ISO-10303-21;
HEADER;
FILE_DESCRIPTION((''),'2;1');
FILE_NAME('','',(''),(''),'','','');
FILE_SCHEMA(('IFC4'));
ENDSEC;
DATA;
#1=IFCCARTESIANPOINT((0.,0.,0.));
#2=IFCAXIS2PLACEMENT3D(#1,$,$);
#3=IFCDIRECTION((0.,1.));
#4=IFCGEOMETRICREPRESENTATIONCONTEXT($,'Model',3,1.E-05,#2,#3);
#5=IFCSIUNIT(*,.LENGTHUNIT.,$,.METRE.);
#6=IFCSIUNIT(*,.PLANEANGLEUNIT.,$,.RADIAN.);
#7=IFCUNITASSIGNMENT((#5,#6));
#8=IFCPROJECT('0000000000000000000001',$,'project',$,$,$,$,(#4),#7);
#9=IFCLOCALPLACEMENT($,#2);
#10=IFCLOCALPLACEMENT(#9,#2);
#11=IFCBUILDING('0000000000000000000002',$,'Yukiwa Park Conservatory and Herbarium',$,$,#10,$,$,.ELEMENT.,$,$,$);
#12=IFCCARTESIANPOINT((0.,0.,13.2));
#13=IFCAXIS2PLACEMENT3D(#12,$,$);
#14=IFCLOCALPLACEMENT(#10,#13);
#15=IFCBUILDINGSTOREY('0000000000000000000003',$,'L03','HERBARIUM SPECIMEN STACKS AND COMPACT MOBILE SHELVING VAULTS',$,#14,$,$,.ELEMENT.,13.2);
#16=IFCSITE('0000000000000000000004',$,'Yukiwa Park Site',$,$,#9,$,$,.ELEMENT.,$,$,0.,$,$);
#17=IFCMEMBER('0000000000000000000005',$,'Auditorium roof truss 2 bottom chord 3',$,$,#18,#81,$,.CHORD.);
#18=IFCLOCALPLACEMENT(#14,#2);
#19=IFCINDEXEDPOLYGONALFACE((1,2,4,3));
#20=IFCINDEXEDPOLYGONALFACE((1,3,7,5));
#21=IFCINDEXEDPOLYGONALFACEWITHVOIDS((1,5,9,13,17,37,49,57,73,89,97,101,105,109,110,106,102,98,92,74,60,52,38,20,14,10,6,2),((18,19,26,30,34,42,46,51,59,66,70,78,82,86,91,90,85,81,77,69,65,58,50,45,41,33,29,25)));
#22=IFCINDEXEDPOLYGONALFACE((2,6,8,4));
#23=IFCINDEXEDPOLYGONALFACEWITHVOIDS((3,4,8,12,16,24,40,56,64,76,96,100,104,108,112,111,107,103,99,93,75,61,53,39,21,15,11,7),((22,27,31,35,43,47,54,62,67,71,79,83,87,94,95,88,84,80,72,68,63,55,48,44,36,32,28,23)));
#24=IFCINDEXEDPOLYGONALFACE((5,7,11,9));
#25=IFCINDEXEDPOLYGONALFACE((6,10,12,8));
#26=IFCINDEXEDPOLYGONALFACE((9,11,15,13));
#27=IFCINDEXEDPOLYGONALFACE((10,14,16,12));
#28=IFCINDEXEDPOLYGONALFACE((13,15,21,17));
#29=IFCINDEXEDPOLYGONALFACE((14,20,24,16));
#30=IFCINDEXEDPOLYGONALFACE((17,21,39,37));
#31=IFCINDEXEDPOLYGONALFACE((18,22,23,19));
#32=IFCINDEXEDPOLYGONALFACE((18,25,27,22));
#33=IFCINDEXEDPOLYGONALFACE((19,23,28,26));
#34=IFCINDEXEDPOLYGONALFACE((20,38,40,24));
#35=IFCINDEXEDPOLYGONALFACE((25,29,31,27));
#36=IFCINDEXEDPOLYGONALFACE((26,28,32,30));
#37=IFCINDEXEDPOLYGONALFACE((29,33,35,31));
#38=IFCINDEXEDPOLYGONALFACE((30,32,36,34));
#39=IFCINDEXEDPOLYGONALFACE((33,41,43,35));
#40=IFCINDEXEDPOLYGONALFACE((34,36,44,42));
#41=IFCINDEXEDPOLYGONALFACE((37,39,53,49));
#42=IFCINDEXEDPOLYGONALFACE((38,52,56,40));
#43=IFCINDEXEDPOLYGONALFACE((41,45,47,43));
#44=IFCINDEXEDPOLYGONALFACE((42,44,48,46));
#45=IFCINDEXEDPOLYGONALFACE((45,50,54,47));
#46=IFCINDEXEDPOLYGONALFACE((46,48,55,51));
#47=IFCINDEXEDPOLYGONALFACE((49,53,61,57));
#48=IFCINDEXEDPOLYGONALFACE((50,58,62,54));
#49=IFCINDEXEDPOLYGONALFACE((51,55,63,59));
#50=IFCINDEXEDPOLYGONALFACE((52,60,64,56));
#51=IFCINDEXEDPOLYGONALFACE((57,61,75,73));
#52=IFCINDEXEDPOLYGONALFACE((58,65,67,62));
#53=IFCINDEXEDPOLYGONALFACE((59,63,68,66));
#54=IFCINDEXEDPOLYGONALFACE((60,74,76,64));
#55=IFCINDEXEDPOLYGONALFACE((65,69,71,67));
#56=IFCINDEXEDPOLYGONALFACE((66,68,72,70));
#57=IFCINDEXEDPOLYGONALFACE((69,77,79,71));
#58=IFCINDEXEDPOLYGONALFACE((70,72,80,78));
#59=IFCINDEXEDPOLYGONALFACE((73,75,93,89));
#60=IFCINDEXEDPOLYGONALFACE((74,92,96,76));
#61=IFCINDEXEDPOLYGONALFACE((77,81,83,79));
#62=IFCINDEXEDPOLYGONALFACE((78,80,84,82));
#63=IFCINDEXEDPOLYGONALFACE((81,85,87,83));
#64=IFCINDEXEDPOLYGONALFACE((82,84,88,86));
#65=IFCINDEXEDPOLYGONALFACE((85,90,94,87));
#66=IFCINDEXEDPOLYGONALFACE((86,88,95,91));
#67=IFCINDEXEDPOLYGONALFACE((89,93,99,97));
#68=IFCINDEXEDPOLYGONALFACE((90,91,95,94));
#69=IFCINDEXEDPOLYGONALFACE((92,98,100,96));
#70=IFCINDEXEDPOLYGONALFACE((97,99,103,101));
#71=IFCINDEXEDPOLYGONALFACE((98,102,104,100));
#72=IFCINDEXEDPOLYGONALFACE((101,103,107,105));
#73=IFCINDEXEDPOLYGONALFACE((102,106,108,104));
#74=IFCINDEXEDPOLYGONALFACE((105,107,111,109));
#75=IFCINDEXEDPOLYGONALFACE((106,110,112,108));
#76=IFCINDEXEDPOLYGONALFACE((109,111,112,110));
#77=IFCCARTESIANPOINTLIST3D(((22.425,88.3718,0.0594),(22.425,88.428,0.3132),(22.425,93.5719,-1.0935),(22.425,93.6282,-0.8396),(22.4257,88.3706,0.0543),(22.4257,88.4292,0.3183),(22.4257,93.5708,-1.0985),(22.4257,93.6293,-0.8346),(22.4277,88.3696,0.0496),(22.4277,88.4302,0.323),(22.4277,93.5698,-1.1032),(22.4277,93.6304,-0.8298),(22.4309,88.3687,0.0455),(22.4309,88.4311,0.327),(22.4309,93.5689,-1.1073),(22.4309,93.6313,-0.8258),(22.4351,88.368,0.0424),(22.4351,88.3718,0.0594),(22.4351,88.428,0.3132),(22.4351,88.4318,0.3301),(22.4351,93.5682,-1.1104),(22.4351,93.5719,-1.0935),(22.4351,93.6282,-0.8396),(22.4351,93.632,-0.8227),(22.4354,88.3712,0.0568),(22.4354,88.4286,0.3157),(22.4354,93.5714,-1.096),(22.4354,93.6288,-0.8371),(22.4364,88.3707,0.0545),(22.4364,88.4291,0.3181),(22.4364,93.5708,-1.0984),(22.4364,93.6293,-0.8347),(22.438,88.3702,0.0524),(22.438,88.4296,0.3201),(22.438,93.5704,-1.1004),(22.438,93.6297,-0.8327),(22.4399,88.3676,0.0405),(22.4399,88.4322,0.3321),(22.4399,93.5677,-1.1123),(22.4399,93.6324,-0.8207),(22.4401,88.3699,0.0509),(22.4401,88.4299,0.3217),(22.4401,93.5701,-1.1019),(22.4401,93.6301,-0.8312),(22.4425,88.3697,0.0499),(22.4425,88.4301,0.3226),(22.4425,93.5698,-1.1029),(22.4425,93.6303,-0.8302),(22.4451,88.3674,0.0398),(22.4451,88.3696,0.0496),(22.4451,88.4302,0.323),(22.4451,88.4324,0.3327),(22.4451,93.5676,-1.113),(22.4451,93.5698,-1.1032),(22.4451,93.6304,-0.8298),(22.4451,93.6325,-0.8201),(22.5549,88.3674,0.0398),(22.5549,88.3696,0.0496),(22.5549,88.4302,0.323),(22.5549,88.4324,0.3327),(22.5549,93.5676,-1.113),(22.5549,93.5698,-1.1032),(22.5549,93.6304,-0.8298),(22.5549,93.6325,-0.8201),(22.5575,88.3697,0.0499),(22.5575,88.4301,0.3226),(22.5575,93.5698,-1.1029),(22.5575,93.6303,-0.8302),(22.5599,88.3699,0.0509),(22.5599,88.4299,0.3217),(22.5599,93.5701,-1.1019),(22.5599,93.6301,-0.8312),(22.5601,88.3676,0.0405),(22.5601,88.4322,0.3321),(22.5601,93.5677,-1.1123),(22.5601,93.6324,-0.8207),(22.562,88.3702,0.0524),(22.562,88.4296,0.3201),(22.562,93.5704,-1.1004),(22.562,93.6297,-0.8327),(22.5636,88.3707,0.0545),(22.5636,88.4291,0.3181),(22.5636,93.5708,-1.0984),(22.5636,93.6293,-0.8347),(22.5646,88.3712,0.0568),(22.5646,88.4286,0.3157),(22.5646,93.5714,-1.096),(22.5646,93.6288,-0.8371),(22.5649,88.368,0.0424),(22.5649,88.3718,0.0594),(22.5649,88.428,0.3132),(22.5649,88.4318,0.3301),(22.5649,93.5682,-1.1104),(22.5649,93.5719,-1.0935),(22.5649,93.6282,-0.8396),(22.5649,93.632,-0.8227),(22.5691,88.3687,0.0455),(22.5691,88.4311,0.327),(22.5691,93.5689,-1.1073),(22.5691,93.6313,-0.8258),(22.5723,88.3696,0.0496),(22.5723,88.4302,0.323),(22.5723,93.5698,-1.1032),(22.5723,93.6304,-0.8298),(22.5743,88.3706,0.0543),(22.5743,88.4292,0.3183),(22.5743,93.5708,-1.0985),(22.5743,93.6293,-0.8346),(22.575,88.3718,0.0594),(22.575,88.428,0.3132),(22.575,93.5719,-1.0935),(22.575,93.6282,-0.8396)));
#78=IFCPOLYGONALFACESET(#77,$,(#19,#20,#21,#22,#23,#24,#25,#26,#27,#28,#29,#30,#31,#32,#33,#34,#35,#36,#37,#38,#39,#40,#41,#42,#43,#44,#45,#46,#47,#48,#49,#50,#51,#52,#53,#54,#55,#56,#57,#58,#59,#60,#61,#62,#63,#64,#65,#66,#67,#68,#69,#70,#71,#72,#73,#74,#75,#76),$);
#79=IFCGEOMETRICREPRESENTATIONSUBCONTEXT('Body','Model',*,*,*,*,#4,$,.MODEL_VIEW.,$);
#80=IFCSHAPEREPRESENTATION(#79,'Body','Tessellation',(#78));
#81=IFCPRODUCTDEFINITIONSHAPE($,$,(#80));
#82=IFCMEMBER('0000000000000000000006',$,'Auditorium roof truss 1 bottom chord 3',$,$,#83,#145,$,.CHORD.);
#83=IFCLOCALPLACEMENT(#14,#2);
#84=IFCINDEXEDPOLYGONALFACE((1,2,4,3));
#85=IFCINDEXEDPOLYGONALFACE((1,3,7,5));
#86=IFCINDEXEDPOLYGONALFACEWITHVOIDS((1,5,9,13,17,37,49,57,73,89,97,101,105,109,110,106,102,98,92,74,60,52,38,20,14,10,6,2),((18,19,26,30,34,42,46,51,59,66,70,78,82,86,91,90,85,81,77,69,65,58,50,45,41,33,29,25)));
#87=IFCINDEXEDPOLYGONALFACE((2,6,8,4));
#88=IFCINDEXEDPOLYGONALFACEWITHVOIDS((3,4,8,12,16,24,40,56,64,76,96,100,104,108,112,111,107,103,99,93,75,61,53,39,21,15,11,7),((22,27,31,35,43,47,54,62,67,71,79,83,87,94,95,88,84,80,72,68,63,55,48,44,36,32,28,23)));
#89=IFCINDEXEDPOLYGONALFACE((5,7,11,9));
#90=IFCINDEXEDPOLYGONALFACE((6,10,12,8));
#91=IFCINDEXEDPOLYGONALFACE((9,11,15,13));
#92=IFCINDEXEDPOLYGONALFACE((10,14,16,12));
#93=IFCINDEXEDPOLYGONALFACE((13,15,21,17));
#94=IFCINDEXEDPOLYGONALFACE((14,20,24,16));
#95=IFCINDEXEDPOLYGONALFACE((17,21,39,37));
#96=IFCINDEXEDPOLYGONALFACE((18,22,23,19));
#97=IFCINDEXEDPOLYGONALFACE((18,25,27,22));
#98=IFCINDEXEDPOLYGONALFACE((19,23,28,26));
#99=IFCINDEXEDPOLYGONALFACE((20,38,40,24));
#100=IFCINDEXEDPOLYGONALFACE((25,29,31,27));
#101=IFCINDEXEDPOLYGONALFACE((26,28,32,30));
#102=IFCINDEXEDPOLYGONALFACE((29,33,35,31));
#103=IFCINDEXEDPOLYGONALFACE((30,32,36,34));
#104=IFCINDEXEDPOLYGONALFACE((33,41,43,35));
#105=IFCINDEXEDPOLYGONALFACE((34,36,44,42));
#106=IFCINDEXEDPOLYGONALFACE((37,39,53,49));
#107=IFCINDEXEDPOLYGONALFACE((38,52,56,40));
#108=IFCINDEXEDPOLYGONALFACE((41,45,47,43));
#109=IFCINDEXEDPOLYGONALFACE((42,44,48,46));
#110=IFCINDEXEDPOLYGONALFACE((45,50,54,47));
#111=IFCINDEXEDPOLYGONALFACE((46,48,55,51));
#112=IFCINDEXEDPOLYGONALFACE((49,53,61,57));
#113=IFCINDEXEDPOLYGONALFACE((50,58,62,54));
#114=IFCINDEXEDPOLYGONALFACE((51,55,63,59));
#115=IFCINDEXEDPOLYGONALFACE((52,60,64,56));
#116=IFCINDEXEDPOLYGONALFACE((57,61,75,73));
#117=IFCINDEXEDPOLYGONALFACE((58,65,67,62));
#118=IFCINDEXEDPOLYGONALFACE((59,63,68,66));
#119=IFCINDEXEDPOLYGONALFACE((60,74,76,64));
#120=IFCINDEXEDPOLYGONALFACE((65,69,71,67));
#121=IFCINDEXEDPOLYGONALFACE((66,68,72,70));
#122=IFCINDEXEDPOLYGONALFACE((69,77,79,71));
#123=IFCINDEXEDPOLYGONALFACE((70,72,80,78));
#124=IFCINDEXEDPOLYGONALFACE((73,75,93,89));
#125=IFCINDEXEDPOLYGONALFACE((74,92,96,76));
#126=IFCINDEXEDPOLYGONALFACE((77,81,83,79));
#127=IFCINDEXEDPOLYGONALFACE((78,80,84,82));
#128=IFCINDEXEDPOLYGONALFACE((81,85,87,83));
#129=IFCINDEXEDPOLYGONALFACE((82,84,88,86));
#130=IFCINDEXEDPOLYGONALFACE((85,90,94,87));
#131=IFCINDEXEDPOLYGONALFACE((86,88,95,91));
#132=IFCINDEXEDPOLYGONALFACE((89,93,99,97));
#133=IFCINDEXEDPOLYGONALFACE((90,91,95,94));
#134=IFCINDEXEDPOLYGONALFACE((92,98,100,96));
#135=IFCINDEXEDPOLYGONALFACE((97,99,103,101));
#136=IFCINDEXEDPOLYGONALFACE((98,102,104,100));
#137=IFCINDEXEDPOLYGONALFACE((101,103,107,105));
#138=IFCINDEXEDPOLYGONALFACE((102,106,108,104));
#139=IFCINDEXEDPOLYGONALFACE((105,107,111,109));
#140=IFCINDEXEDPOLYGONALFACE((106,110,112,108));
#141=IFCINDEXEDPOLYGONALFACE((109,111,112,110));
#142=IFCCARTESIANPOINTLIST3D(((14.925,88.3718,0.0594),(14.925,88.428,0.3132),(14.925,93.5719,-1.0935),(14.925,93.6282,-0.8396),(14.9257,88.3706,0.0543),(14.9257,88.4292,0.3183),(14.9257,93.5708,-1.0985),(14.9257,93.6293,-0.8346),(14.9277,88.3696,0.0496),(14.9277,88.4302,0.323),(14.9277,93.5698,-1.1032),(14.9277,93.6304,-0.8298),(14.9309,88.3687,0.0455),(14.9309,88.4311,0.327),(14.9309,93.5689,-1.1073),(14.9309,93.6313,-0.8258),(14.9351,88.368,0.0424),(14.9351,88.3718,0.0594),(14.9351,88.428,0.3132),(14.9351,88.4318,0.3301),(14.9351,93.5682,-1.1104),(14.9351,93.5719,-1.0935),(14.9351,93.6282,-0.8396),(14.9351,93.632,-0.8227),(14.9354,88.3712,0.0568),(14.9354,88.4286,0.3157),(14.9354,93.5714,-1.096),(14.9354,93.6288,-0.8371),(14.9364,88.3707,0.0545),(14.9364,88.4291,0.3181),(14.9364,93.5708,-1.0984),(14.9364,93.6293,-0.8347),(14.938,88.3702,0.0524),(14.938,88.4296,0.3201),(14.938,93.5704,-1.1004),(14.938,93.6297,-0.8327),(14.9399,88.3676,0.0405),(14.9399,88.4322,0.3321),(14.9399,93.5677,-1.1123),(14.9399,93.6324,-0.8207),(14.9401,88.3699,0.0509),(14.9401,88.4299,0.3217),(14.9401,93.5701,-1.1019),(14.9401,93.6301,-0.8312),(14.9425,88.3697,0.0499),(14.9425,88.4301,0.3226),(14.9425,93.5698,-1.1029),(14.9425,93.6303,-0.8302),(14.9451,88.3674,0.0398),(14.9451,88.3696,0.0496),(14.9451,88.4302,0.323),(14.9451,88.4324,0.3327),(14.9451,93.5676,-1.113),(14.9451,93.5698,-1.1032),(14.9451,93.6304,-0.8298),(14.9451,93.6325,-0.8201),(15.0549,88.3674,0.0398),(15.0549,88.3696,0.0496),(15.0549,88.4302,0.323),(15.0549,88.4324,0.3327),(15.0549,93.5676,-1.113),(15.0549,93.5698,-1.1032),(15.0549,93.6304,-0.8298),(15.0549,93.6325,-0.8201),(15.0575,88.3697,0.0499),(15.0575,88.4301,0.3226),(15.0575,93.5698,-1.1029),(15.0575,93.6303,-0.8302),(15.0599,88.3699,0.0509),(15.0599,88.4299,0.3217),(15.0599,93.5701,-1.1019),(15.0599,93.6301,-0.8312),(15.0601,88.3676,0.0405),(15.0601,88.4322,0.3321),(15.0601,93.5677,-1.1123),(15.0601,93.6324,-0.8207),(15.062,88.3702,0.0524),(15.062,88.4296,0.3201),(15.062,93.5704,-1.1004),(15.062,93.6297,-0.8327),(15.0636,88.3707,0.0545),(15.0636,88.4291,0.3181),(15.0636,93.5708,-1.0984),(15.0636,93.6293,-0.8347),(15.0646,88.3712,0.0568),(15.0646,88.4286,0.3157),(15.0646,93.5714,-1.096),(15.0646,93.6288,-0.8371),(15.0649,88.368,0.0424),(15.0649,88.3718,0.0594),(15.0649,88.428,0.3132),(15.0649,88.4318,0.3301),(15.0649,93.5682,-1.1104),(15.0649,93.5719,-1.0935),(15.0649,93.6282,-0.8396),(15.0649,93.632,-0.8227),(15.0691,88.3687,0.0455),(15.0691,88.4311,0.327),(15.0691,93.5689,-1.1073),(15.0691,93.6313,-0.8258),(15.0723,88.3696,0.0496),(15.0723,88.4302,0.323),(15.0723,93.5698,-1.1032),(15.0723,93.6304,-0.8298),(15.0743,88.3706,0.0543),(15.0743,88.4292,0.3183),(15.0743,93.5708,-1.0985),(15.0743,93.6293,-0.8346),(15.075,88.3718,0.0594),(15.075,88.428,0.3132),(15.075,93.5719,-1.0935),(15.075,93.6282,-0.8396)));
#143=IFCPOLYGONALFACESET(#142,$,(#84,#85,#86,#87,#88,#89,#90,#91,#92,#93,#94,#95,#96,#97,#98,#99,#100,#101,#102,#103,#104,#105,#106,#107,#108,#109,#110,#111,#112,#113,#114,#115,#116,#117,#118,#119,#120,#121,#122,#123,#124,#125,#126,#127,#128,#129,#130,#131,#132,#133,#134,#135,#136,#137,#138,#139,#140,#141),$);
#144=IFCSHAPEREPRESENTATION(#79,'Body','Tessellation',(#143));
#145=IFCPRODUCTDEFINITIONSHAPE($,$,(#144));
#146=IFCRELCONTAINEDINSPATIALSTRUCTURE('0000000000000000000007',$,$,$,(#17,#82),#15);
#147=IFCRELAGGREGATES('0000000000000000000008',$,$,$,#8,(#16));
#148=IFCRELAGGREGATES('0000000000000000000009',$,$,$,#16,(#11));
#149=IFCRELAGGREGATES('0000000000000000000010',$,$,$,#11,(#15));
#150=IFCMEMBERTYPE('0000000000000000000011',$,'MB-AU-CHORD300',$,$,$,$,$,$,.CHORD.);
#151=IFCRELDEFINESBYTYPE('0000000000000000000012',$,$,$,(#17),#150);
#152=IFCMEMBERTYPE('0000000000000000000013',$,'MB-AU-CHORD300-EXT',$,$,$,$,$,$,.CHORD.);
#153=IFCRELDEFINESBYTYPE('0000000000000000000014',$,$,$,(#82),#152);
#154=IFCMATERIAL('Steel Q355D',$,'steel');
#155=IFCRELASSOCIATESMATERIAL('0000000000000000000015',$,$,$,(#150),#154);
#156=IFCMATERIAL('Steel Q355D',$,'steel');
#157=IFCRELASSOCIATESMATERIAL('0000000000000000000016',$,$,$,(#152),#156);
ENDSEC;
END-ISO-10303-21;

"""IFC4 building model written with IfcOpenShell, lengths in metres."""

from ifc_helpers import new_model, si_unit, direction, frame, origin, origin_2d, place, context, subcontext, project, spatial, hollow_rectangle, extrude, material, material_profile, profile_set, type_object, element, save


model = new_model("IFC4")

# Units and contexts
model_context = context("Model", 3, precision=1e-05, world=origin(), true_north=direction((0.0, 1.0)))
body_context = subcontext(model_context, "Body", "Model", "MODEL_VIEW")
ifc_project = project(units=[si_unit("LENGTHUNIT", "METRE"), si_unit("PLANEANGLEUNIT", "RADIAN")], contexts=[model_context])

# Site, building, storey
site_placement = place(None, origin())
site = spatial("IfcSite", under=ifc_project, at=site_placement, Name="Yukiwa Park Site", CompositionType="ELEMENT", RefElevation=0.0)
building_placement = place(site_placement, origin())
building = spatial("IfcBuilding", under=site, at=building_placement, Name="Yukiwa Park Conservatory and Herbarium", CompositionType="ELEMENT")
storey_placement = place(building_placement, frame((0.0, 0.0, 13.2)))
storey = spatial("IfcBuildingStorey", under=building, at=storey_placement, Name="L03", Description="HERBARIUM SPECIMEN STACKS AND COMPACT MOBILE SHELVING VAULTS", CompositionType="ELEMENT", Elevation=13.2)

# Members
ifc_material_1 = material(Name="Steel Q355D", Category="steel")
ifc_material_profile_1 = material_profile(ifc_material_1, hollow_rectangle(XDim=0.1499, YDim=0.3, WallThickness=0.01, InnerFilletRadius=0.01, OuterFilletRadius=0.02, at=origin_2d()), Name="RHS 300x150x10")
ifc_profile_set_1 = profile_set([ifc_material_profile_1], Name="Steel Q355D")
member_type_1 = type_object("IfcMemberType", Name="MB-AU-CHORD300", PredefinedType="CHORD", material=ifc_profile_set_1)
member_1_placement = place(storey_placement, frame((22.5, 88.3999, 0.1863), z_axis=(0.0, 0.976297, -0.216435), x_axis=(-1.0, 0.0, 0.0)))
element("IfcMember", 1, at=member_1_placement, inside=storey, type_object=member_type_1, Name="Auditorium roof truss 2 bottom chord 3", PredefinedType="CHORD", context=body_context, shape_type="SweptSolid", body=[
    extrude(hollow_rectangle(XDim=0.1499, YDim=0.3, WallThickness=0.01, InnerFilletRadius=0.01, OuterFilletRadius=0.02, at=origin_2d()), origin(), (0.0, 0.0, 1.0), 5.3264),
])
ifc_material_2 = material(Name="Steel Q355D", Category="steel")
ifc_material_profile_2 = material_profile(ifc_material_2, hollow_rectangle(XDim=0.1499, YDim=0.3, WallThickness=0.01, InnerFilletRadius=0.01, OuterFilletRadius=0.02, at=origin_2d()), Name="RHS 300x150x10")
ifc_profile_set_2 = profile_set([ifc_material_profile_2], Name="Steel Q355D")
member_type_2 = type_object("IfcMemberType", Name="MB-AU-CHORD300-EXT", PredefinedType="CHORD", material=ifc_profile_set_2)
member_2_placement = place(storey_placement, frame((15.0, 88.3999, 0.1863), z_axis=(0.0, 0.976297, -0.216435), x_axis=(-1.0, 0.0, 0.0)))
element("IfcMember", 2, at=member_2_placement, inside=storey, type_object=member_type_2, Name="Auditorium roof truss 1 bottom chord 3", PredefinedType="CHORD", context=body_context, shape_type="SweptSolid", body=[
    extrude(hollow_rectangle(XDim=0.1499, YDim=0.3, WallThickness=0.01, InnerFilletRadius=0.01, OuterFilletRadius=0.02, at=origin_2d()), origin(), (0.0, 0.0, 1.0), 5.3264),
])

save(model, "model.ifc")
